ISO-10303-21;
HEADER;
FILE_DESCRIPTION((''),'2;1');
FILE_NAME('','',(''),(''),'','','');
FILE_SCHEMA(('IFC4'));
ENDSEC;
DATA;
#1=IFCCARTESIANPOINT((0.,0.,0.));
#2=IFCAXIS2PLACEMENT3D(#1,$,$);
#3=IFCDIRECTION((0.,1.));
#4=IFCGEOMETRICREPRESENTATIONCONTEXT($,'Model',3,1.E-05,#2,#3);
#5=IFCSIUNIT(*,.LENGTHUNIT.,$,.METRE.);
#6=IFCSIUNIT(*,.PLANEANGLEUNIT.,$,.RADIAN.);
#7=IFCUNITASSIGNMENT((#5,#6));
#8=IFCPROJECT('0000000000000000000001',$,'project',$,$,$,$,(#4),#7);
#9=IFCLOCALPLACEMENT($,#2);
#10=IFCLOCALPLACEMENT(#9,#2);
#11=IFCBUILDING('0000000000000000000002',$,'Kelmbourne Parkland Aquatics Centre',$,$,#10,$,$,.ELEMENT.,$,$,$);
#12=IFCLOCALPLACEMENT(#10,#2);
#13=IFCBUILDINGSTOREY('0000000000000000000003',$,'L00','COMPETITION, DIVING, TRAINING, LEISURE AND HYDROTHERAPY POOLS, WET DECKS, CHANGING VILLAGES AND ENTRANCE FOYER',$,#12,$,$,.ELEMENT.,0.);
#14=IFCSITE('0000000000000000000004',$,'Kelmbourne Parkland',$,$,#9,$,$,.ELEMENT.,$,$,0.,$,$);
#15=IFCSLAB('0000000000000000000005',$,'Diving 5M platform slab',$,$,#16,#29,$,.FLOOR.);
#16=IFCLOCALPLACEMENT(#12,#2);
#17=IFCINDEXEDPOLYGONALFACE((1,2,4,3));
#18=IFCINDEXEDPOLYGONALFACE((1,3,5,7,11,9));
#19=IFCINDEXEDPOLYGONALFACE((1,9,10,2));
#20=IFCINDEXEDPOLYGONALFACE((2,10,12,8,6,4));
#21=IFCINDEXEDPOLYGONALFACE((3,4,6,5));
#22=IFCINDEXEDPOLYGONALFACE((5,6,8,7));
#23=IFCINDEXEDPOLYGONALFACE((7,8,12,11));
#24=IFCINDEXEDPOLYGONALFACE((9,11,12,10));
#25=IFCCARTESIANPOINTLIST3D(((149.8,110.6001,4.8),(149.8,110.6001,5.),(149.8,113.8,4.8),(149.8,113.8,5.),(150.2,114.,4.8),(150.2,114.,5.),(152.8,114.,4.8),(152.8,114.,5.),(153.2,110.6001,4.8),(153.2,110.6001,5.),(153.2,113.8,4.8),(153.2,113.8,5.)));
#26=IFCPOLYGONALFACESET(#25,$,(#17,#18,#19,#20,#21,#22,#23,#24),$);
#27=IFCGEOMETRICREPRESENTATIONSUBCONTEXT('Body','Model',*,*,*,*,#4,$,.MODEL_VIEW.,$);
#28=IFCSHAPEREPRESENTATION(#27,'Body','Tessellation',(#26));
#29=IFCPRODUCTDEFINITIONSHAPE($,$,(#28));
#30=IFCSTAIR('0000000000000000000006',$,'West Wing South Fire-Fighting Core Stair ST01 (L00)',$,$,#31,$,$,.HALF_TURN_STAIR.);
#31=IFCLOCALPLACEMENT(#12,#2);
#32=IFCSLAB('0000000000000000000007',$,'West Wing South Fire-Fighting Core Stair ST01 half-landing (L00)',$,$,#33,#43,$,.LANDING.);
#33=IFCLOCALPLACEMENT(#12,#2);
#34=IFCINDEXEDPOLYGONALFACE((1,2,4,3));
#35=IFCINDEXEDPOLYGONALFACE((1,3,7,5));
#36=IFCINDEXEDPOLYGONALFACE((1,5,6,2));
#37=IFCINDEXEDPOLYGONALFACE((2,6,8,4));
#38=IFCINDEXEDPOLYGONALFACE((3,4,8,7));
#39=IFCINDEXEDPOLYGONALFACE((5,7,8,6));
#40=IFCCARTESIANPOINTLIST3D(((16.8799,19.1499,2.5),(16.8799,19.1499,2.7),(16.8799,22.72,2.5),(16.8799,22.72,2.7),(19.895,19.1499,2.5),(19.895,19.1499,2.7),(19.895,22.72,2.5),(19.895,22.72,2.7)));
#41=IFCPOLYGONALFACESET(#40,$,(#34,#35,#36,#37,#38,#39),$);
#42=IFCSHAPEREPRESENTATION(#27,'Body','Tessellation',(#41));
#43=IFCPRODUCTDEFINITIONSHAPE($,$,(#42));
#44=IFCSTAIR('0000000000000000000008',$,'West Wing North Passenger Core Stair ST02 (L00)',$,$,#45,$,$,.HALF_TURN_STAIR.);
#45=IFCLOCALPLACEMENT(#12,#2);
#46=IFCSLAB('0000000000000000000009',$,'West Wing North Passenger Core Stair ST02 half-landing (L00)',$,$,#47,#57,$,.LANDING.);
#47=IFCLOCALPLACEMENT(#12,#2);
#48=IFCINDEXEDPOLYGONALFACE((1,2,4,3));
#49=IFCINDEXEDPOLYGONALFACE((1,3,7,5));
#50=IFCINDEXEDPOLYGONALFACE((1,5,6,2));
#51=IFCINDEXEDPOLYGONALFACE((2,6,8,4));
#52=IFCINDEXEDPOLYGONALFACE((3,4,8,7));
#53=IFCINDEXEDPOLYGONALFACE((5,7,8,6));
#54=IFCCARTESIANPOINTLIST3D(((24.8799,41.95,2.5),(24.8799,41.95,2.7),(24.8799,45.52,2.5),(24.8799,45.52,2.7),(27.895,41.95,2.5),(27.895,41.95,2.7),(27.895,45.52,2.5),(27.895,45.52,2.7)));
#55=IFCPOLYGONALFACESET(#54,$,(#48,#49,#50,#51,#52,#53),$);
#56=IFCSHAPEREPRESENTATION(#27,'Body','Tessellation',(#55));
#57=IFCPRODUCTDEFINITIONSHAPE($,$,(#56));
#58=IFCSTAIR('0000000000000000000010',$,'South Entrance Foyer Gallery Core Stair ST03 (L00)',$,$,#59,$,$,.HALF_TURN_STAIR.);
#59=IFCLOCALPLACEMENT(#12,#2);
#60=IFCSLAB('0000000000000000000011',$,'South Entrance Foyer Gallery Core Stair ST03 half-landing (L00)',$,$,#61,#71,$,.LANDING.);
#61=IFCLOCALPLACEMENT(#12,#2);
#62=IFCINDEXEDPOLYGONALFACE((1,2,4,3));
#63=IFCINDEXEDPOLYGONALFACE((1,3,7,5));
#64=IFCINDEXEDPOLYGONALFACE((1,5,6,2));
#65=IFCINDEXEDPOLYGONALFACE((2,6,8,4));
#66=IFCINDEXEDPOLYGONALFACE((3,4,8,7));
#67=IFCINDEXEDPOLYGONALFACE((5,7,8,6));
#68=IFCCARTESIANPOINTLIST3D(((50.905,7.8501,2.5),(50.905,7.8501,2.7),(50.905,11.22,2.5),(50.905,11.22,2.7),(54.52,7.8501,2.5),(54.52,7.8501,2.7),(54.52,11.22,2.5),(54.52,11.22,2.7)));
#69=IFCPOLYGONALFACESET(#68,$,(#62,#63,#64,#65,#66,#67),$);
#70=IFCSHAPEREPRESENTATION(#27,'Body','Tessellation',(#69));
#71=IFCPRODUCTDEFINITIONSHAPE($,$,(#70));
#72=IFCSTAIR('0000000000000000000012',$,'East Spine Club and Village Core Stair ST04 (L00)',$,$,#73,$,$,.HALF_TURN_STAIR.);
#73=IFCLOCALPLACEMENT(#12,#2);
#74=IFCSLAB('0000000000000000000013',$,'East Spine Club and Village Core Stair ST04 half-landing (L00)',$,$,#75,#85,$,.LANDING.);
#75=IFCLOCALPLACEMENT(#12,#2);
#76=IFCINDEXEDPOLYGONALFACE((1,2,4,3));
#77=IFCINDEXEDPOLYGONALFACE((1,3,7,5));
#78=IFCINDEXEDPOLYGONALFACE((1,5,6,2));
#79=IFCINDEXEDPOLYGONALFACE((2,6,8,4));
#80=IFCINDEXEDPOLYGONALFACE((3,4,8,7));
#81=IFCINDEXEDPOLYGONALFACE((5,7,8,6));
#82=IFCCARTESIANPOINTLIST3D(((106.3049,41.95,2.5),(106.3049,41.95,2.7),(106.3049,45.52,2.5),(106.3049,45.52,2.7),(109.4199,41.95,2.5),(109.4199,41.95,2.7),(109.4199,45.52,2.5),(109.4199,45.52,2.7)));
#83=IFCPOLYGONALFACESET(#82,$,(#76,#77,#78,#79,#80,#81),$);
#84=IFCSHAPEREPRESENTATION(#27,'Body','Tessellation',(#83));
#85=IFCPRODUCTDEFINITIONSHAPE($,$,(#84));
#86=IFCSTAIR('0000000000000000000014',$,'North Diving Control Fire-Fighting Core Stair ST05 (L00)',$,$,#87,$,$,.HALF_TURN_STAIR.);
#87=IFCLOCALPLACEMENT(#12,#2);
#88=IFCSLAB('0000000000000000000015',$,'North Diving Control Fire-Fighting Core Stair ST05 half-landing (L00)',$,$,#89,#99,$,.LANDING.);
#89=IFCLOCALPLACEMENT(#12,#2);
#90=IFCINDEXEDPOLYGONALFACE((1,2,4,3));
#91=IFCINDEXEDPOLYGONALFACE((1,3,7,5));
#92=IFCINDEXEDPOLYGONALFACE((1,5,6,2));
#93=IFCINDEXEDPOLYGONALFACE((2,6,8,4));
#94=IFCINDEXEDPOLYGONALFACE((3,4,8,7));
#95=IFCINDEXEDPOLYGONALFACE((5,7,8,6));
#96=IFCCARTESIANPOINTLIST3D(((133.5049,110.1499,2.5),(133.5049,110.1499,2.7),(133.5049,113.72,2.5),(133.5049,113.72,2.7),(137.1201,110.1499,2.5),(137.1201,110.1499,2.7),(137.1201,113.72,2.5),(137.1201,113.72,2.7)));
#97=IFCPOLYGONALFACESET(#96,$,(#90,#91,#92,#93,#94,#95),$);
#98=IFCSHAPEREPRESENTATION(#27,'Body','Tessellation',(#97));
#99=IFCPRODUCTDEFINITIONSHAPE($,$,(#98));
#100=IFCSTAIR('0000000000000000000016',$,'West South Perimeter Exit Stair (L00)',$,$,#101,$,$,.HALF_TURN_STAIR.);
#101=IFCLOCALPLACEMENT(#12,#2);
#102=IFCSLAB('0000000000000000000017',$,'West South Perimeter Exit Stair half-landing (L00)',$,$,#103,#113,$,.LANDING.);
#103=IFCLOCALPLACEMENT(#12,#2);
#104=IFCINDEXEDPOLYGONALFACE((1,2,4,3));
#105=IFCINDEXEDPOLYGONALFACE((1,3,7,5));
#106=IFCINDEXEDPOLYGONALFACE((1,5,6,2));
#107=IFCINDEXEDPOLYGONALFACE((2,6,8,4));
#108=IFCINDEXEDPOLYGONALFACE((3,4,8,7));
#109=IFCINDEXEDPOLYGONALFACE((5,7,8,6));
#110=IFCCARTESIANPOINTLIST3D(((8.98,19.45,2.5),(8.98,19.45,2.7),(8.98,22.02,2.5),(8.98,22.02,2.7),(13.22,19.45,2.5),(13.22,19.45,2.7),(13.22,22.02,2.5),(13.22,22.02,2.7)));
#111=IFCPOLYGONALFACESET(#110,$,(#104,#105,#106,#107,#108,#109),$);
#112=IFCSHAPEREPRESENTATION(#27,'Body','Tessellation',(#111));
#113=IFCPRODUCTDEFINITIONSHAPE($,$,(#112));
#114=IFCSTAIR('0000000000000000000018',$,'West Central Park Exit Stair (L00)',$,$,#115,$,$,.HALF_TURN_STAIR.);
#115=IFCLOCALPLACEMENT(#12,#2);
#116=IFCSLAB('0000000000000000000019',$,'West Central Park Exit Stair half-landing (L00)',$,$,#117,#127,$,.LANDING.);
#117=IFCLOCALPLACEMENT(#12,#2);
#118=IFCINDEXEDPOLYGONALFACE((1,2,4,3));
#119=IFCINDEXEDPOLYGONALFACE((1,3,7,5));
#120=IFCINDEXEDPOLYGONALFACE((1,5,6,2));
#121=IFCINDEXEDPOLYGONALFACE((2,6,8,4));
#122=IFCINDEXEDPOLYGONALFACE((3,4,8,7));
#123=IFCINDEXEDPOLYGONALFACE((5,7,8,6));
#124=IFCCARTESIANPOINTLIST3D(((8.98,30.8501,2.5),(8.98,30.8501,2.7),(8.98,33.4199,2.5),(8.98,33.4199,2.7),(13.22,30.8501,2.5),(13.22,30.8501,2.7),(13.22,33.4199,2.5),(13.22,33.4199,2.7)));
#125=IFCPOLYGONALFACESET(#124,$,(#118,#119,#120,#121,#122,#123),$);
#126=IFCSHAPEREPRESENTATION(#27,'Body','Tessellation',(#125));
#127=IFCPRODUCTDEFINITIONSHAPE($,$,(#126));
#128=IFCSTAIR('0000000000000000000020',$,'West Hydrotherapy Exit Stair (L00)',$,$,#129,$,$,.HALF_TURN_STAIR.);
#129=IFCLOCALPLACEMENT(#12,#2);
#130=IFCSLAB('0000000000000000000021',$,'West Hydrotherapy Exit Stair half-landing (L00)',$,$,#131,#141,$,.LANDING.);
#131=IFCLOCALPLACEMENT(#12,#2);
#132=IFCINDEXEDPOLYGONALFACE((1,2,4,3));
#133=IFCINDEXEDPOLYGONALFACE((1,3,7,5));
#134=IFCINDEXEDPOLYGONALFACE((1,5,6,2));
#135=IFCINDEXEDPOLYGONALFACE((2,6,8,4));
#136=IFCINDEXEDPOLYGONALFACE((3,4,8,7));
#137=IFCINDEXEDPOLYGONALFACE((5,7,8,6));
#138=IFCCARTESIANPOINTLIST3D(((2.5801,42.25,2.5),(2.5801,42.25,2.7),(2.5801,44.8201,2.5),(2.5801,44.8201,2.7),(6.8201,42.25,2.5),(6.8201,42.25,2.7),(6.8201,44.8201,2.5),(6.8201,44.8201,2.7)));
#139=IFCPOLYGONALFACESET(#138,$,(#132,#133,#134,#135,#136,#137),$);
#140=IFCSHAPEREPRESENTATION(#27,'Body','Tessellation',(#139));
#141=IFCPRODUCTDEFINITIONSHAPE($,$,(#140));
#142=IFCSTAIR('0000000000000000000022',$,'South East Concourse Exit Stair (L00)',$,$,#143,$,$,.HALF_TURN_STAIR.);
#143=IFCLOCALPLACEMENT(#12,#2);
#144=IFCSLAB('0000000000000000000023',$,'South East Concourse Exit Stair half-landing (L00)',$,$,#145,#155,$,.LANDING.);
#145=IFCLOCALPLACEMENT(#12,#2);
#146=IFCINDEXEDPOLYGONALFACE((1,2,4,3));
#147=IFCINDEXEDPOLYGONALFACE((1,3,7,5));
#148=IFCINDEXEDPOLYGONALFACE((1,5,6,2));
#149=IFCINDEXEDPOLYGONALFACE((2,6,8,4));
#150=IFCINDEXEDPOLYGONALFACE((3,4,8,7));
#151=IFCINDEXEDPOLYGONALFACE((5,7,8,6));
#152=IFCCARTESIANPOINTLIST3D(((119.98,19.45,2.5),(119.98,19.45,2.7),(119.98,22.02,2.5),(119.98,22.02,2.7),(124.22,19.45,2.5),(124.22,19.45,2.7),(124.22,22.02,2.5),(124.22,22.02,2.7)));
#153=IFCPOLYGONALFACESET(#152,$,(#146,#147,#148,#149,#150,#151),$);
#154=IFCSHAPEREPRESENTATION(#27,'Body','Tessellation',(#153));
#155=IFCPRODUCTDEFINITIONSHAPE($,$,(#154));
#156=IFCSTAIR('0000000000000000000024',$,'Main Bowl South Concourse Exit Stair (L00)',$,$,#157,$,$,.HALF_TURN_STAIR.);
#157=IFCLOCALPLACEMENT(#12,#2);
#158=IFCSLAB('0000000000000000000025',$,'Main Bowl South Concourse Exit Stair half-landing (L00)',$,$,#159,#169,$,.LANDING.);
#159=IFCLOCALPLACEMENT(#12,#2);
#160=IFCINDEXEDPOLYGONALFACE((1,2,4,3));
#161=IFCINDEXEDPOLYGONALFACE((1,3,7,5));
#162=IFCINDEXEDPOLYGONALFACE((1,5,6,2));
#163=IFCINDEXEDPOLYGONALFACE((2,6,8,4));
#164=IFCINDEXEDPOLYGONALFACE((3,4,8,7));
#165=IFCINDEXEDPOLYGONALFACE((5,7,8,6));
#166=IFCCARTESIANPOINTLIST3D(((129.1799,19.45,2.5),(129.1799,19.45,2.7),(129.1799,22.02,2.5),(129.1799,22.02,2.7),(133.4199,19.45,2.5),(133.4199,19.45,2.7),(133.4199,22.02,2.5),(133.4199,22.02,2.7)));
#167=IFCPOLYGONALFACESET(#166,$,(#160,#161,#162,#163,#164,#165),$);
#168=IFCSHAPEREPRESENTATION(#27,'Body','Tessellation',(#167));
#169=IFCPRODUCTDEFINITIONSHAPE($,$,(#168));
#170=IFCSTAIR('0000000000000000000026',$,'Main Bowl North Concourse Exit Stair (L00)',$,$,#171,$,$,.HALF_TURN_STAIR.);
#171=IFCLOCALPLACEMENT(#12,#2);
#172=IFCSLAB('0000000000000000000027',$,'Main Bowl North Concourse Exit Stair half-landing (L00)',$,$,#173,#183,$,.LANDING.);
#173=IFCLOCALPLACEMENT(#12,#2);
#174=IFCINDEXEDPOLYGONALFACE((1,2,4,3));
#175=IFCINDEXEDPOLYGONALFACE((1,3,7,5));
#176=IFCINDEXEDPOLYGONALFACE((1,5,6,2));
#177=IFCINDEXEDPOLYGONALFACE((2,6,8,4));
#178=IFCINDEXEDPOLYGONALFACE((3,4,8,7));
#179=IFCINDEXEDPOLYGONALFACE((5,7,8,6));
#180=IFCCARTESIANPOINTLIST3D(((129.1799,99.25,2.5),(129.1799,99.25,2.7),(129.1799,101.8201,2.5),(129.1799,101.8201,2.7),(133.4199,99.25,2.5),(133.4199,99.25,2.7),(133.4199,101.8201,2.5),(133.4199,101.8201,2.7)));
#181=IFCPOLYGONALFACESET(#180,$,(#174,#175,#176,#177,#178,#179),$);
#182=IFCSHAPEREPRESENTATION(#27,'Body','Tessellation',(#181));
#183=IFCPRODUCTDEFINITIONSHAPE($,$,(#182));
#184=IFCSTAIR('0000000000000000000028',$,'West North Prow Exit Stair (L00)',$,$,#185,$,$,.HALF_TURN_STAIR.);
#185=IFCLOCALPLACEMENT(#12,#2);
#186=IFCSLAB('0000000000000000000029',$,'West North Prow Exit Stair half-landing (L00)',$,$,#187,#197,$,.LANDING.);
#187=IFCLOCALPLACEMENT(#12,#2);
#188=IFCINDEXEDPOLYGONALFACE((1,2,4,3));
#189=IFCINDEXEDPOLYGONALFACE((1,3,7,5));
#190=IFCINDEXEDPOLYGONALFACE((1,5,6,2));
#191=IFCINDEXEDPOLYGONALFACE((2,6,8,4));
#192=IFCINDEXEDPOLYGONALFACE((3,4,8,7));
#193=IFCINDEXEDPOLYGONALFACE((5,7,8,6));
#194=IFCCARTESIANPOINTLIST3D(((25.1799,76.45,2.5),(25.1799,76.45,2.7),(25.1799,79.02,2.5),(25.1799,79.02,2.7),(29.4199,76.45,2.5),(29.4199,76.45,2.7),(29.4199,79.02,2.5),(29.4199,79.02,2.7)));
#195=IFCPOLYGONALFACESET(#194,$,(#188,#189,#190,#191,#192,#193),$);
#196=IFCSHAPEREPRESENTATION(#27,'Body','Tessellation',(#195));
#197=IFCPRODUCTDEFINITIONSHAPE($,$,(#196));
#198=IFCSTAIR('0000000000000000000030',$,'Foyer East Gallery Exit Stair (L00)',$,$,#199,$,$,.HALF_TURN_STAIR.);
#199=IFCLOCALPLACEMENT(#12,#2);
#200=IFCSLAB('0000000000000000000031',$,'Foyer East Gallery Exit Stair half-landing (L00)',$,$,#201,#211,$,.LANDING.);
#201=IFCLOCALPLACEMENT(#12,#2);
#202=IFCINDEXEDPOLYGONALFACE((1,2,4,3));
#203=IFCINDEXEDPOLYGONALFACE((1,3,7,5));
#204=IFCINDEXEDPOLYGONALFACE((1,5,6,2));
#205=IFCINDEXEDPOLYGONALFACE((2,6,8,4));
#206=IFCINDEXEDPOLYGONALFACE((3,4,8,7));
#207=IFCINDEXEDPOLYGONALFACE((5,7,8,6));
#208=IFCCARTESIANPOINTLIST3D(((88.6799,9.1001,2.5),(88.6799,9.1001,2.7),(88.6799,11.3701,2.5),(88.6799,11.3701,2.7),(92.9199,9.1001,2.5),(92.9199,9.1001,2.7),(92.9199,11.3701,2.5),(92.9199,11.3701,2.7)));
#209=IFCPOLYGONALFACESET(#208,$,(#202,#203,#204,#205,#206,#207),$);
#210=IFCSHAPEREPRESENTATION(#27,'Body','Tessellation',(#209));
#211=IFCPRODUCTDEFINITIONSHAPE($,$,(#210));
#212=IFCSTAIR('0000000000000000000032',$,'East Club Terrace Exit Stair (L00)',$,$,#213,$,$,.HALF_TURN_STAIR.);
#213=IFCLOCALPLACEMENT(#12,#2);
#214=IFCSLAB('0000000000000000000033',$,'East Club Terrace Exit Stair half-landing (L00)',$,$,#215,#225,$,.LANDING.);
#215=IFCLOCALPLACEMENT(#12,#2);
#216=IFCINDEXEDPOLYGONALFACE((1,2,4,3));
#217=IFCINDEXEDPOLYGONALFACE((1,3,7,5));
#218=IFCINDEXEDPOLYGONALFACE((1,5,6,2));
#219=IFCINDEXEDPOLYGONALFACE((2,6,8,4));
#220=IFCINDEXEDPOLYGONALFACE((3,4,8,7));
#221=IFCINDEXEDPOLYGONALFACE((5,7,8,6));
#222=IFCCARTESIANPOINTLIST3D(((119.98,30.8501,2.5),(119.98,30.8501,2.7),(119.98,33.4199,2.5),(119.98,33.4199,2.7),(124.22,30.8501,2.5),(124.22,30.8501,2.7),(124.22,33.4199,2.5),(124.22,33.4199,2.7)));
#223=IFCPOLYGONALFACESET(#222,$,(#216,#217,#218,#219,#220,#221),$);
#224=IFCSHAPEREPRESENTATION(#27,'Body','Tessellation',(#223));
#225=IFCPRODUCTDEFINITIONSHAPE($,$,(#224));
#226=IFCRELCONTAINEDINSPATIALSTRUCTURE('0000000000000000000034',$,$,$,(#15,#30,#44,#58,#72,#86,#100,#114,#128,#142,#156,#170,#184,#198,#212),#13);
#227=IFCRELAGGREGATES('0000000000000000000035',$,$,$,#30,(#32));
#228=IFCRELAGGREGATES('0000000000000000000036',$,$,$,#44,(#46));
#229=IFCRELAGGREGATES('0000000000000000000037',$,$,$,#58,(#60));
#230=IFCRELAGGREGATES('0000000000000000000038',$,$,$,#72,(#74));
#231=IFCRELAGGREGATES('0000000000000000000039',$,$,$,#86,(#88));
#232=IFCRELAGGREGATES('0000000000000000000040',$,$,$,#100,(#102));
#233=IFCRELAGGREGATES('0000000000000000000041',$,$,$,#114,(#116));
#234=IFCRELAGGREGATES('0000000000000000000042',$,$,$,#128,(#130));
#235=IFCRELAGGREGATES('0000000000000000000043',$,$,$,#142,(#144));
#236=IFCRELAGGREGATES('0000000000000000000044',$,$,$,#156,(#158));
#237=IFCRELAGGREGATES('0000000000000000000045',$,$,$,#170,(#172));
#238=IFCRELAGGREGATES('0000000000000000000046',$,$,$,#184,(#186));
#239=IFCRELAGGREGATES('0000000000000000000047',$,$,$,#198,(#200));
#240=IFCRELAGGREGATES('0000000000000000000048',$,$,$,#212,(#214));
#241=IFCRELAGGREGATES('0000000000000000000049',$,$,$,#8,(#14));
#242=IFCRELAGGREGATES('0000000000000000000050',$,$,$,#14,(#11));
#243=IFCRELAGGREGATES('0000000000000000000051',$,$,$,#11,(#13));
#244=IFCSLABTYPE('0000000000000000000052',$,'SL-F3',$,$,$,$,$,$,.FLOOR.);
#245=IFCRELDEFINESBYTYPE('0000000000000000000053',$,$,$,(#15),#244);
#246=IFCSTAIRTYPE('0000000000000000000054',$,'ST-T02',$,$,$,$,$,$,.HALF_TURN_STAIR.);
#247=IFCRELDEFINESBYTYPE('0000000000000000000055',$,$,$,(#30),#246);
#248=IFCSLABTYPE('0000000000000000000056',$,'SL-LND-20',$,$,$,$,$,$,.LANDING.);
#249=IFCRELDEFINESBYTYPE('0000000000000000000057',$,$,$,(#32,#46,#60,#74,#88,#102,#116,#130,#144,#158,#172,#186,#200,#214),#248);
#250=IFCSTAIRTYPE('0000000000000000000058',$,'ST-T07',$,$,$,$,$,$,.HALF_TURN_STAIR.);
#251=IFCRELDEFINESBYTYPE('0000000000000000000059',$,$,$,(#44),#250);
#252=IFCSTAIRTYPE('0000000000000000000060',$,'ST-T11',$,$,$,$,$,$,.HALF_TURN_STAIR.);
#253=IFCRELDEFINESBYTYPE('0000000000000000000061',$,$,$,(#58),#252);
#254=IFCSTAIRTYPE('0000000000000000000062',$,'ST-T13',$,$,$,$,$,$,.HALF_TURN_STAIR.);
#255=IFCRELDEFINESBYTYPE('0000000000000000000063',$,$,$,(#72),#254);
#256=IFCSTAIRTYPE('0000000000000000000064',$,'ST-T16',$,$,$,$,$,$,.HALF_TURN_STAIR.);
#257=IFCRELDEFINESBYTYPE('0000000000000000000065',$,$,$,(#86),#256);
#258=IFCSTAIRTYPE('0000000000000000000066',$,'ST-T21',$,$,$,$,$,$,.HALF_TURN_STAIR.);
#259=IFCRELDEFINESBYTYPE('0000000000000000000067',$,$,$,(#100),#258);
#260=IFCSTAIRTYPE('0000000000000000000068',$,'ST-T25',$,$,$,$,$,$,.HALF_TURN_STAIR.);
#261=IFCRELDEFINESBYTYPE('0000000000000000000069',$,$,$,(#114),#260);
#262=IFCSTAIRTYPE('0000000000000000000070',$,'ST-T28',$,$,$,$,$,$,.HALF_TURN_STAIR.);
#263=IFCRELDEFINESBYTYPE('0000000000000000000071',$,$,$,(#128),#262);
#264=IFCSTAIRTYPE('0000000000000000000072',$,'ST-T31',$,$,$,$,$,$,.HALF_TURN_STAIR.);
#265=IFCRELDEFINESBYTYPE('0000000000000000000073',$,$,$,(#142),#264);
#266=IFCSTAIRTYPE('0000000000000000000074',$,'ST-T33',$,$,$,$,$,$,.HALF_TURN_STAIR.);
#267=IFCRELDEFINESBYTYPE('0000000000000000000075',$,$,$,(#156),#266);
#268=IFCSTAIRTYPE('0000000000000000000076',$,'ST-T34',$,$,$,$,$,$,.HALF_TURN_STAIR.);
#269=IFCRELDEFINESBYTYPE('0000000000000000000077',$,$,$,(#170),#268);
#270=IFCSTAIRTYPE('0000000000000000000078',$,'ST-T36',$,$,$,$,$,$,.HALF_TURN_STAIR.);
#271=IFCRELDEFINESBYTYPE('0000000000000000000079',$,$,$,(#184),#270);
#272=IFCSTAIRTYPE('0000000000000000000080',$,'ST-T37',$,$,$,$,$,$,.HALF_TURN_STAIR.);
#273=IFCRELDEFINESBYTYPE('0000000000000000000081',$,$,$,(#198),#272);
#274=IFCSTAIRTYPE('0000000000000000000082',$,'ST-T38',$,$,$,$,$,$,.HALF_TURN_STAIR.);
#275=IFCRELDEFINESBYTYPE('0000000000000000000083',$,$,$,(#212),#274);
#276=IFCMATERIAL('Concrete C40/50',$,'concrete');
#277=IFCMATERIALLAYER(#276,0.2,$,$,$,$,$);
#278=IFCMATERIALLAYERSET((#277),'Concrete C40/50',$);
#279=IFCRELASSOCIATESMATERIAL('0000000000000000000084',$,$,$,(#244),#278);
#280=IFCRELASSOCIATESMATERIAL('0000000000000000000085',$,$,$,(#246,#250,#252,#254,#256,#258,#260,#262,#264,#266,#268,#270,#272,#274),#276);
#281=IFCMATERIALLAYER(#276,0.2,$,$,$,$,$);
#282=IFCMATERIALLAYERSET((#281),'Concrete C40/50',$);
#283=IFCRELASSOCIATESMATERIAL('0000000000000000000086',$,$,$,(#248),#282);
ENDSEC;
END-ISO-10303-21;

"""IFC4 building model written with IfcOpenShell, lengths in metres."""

from ifc_helpers import new_model, si_unit, direction, frame, origin, place, context, subcontext, project, spatial, polyline, outline, extrude, material, layer, layer_set, type_object, element, aggregate, save


model = new_model("IFC4")

# Units and contexts
model_context = context("Model", 3, precision=1e-05, world=origin(), true_north=direction((0.0, 1.0)))
body_context = subcontext(model_context, "Body", "Model", "MODEL_VIEW")
ifc_project = project(units=[si_unit("LENGTHUNIT", "METRE"), si_unit("PLANEANGLEUNIT", "RADIAN")], contexts=[model_context])

# Site, building, storey
site_placement = place(None, origin())
site = spatial("IfcSite", under=ifc_project, at=site_placement, Name="Kelmbourne Parkland", CompositionType="ELEMENT", RefElevation=0.0)
building_placement = place(site_placement, origin())
building = spatial("IfcBuilding", under=site, at=building_placement, Name="Kelmbourne Parkland Aquatics Centre", CompositionType="ELEMENT")
storey_placement = place(building_placement, origin())
storey = spatial("IfcBuildingStorey", under=building, at=storey_placement, Name="L00", Description="COMPETITION, DIVING, TRAINING, LEISURE AND HYDROTHERAPY POOLS, WET DECKS, CHANGING VILLAGES AND ENTRANCE FOYER", CompositionType="ELEMENT", Elevation=0.0)

# Slab
ifc_material_1 = material(Name="Concrete C40/50", Category="concrete")
ifc_layer_1 = layer(ifc_material_1, 0.2)
ifc_layer_set_1 = layer_set([ifc_layer_1], Name="Concrete C40/50")
slab_type_1 = type_object("IfcSlabType", Name="SL-F3", PredefinedType="FLOOR", material=ifc_layer_set_1)
slab_1_placement = place(storey_placement, frame((0.0, 0.0, 4.8)))
element("IfcSlab", 1, at=slab_1_placement, inside=storey, type_object=slab_type_1, Name="Diving 5M platform slab", PredefinedType="FLOOR", context=body_context, shape_type="SweptSolid", body=[
    extrude(outline(polyline([(149.8, 110.6001), (153.2, 110.6001), (153.2, 113.8), (152.8, 114.0), (150.2, 114.0), (149.8, 113.8), (149.8, 110.6001)])), origin(), (0.0, 0.0, 1.0), 0.2),
])

# Stairs, slabs
stair_type_1 = type_object("IfcStairType", Name="ST-T02", PredefinedType="HALF_TURN_STAIR", material=ifc_material_1)
stair_1_placement = place(storey_placement, origin())
stair_1 = element("IfcStair", 2, at=stair_1_placement, inside=storey, type_object=stair_type_1, Name="West Wing South Fire-Fighting Core Stair ST01 (L00)", PredefinedType="HALF_TURN_STAIR")
ifc_layer_2 = layer(ifc_material_1, 0.2)
ifc_layer_set_2 = layer_set([ifc_layer_2], Name="Concrete C40/50")
slab_type_2 = type_object("IfcSlabType", Name="SL-LND-20", PredefinedType="LANDING", material=ifc_layer_set_2)
slab_2_placement = place(storey_placement, frame((0.0, 0.0, 2.5)))
slab_2 = element("IfcSlab", 3, at=slab_2_placement, type_object=slab_type_2, Name="West Wing South Fire-Fighting Core Stair ST01 half-landing (L00)", PredefinedType="LANDING", context=body_context, shape_type="SweptSolid", body=[
    extrude(outline(polyline([(16.8799, 19.1499), (19.895, 19.1499), (19.895, 22.72), (16.8799, 22.72), (16.8799, 19.1499)])), origin(), (0.0, 0.0, 1.0), 0.2),
])
aggregate(stair_1, [slab_2])
stair_type_2 = type_object("IfcStairType", Name="ST-T07", PredefinedType="HALF_TURN_STAIR", material=ifc_material_1)
stair_2_placement = place(storey_placement, origin())
stair_2 = element("IfcStair", 4, at=stair_2_placement, inside=storey, type_object=stair_type_2, Name="West Wing North Passenger Core Stair ST02 (L00)", PredefinedType="HALF_TURN_STAIR")
slab_3_placement = place(storey_placement, frame((0.0, 0.0, 2.5)))
slab_3 = element("IfcSlab", 5, at=slab_3_placement, type_object=slab_type_2, Name="West Wing North Passenger Core Stair ST02 half-landing (L00)", PredefinedType="LANDING", context=body_context, shape_type="SweptSolid", body=[
    extrude(outline(polyline([(24.8799, 41.95), (27.895, 41.95), (27.895, 45.52), (24.8799, 45.52), (24.8799, 41.95)])), origin(), (0.0, 0.0, 1.0), 0.2),
])
aggregate(stair_2, [slab_3])
stair_type_3 = type_object("IfcStairType", Name="ST-T11", PredefinedType="HALF_TURN_STAIR", material=ifc_material_1)
stair_3_placement = place(storey_placement, origin())
stair_3 = element("IfcStair", 6, at=stair_3_placement, inside=storey, type_object=stair_type_3, Name="South Entrance Foyer Gallery Core Stair ST03 (L00)", PredefinedType="HALF_TURN_STAIR")
slab_4_placement = place(storey_placement, frame((0.0, 0.0, 2.5)))
slab_4 = element("IfcSlab", 7, at=slab_4_placement, type_object=slab_type_2, Name="South Entrance Foyer Gallery Core Stair ST03 half-landing (L00)", PredefinedType="LANDING", context=body_context, shape_type="SweptSolid", body=[
    extrude(outline(polyline([(50.905, 7.8501), (54.52, 7.8501), (54.52, 11.22), (50.905, 11.22), (50.905, 7.8501)])), origin(), (0.0, 0.0, 1.0), 0.2),
])
aggregate(stair_3, [slab_4])
stair_type_4 = type_object("IfcStairType", Name="ST-T13", PredefinedType="HALF_TURN_STAIR", material=ifc_material_1)
stair_4_placement = place(storey_placement, origin())
stair_4 = element("IfcStair", 8, at=stair_4_placement, inside=storey, type_object=stair_type_4, Name="East Spine Club and Village Core Stair ST04 (L00)", PredefinedType="HALF_TURN_STAIR")
slab_5_placement = place(storey_placement, frame((0.0, 0.0, 2.5)))
slab_5 = element("IfcSlab", 9, at=slab_5_placement, type_object=slab_type_2, Name="East Spine Club and Village Core Stair ST04 half-landing (L00)", PredefinedType="LANDING", context=body_context, shape_type="SweptSolid", body=[
    extrude(outline(polyline([(106.3049, 41.95), (109.4199, 41.95), (109.4199, 45.52), (106.3049, 45.52), (106.3049, 41.95)])), origin(), (0.0, 0.0, 1.0), 0.2),
])
aggregate(stair_4, [slab_5])
stair_type_5 = type_object("IfcStairType", Name="ST-T16", PredefinedType="HALF_TURN_STAIR", material=ifc_material_1)
stair_5_placement = place(storey_placement, origin())
stair_5 = element("IfcStair", 10, at=stair_5_placement, inside=storey, type_object=stair_type_5, Name="North Diving Control Fire-Fighting Core Stair ST05 (L00)", PredefinedType="HALF_TURN_STAIR")
slab_6_placement = place(storey_placement, frame((0.0, 0.0, 2.5)))
slab_6 = element("IfcSlab", 11, at=slab_6_placement, type_object=slab_type_2, Name="North Diving Control Fire-Fighting Core Stair ST05 half-landing (L00)", PredefinedType="LANDING", context=body_context, shape_type="SweptSolid", body=[
    extrude(outline(polyline([(133.5049, 110.1499), (137.1201, 110.1499), (137.1201, 113.72), (133.5049, 113.72), (133.5049, 110.1499)])), origin(), (0.0, 0.0, 1.0), 0.2),
])
aggregate(stair_5, [slab_6])
stair_type_6 = type_object("IfcStairType", Name="ST-T21", PredefinedType="HALF_TURN_STAIR", material=ifc_material_1)
stair_6_placement = place(storey_placement, origin())
stair_6 = element("IfcStair", 12, at=stair_6_placement, inside=storey, type_object=stair_type_6, Name="West South Perimeter Exit Stair (L00)", PredefinedType="HALF_TURN_STAIR")
slab_7_placement = place(storey_placement, frame((0.0, 0.0, 2.5)))
slab_7 = element("IfcSlab", 13, at=slab_7_placement, type_object=slab_type_2, Name="West South Perimeter Exit Stair half-landing (L00)", PredefinedType="LANDING", context=body_context, shape_type="SweptSolid", body=[
    extrude(outline(polyline([(8.98, 19.45), (13.22, 19.45), (13.22, 22.02), (8.98, 22.02), (8.98, 19.45)])), origin(), (0.0, 0.0, 1.0), 0.2),
])
aggregate(stair_6, [slab_7])
stair_type_7 = type_object("IfcStairType", Name="ST-T25", PredefinedType="HALF_TURN_STAIR", material=ifc_material_1)
stair_7_placement = place(storey_placement, origin())
stair_7 = element("IfcStair", 14, at=stair_7_placement, inside=storey, type_object=stair_type_7, Name="West Central Park Exit Stair (L00)", PredefinedType="HALF_TURN_STAIR")
slab_8_placement = place(storey_placement, frame((0.0, 0.0, 2.5)))
slab_8 = element("IfcSlab", 15, at=slab_8_placement, type_object=slab_type_2, Name="West Central Park Exit Stair half-landing (L00)", PredefinedType="LANDING", context=body_context, shape_type="SweptSolid", body=[
    extrude(outline(polyline([(8.98, 30.8501), (13.22, 30.8501), (13.22, 33.4199), (8.98, 33.4199), (8.98, 30.8501)])), origin(), (0.0, 0.0, 1.0), 0.2),
])
aggregate(stair_7, [slab_8])
stair_type_8 = type_object("IfcStairType", Name="ST-T28", PredefinedType="HALF_TURN_STAIR", material=ifc_material_1)
stair_8_placement = place(storey_placement, origin())
stair_8 = element("IfcStair", 16, at=stair_8_placement, inside=storey, type_object=stair_type_8, Name="West Hydrotherapy Exit Stair (L00)", PredefinedType="HALF_TURN_STAIR")
slab_9_placement = place(storey_placement, frame((0.0, 0.0, 2.5)))
slab_9 = element("IfcSlab", 17, at=slab_9_placement, type_object=slab_type_2, Name="West Hydrotherapy Exit Stair half-landing (L00)", PredefinedType="LANDING", context=body_context, shape_type="SweptSolid", body=[
    extrude(outline(polyline([(2.5801, 42.25), (6.8201, 42.25), (6.8201, 44.8201), (2.5801, 44.8201), (2.5801, 42.25)])), origin(), (0.0, 0.0, 1.0), 0.2),
])
aggregate(stair_8, [slab_9])
stair_type_9 = type_object("IfcStairType", Name="ST-T31", PredefinedType="HALF_TURN_STAIR", material=ifc_material_1)
stair_9_placement = place(storey_placement, origin())
stair_9 = element("IfcStair", 18, at=stair_9_placement, inside=storey, type_object=stair_type_9, Name="South East Concourse Exit Stair (L00)", PredefinedType="HALF_TURN_STAIR")
slab_10_placement = place(storey_placement, frame((0.0, 0.0, 2.5)))
slab_10 = element("IfcSlab", 19, at=slab_10_placement, type_object=slab_type_2, Name="South East Concourse Exit Stair half-landing (L00)", PredefinedType="LANDING", context=body_context, shape_type="SweptSolid", body=[
    extrude(outline(polyline([(119.98, 19.45), (124.22, 19.45), (124.22, 22.02), (119.98, 22.02), (119.98, 19.45)])), origin(), (0.0, 0.0, 1.0), 0.2),
])
aggregate(stair_9, [slab_10])
stair_type_10 = type_object("IfcStairType", Name="ST-T33", PredefinedType="HALF_TURN_STAIR", material=ifc_material_1)
stair_10_placement = place(storey_placement, origin())
stair_10 = element("IfcStair", 20, at=stair_10_placement, inside=storey, type_object=stair_type_10, Name="Main Bowl South Concourse Exit Stair (L00)", PredefinedType="HALF_TURN_STAIR")
slab_11_placement = place(storey_placement, frame((0.0, 0.0, 2.5)))
slab_11 = element("IfcSlab", 21, at=slab_11_placement, type_object=slab_type_2, Name="Main Bowl South Concourse Exit Stair half-landing (L00)", PredefinedType="LANDING", context=body_context, shape_type="SweptSolid", body=[
    extrude(outline(polyline([(129.1799, 19.45), (133.4199, 19.45), (133.4199, 22.02), (129.1799, 22.02), (129.1799, 19.45)])), origin(), (0.0, 0.0, 1.0), 0.2),
])
aggregate(stair_10, [slab_11])
stair_type_11 = type_object("IfcStairType", Name="ST-T34", PredefinedType="HALF_TURN_STAIR", material=ifc_material_1)
stair_11_placement = place(storey_placement, origin())
stair_11 = element("IfcStair", 22, at=stair_11_placement, inside=storey, type_object=stair_type_11, Name="Main Bowl North Concourse Exit Stair (L00)", PredefinedType="HALF_TURN_STAIR")
slab_12_placement = place(storey_placement, frame((0.0, 0.0, 2.5)))
slab_12 = element("IfcSlab", 23, at=slab_12_placement, type_object=slab_type_2, Name="Main Bowl North Concourse Exit Stair half-landing (L00)", PredefinedType="LANDING", context=body_context, shape_type="SweptSolid", body=[
    extrude(outline(polyline([(129.1799, 99.25), (133.4199, 99.25), (133.4199, 101.8201), (129.1799, 101.8201), (129.1799, 99.25)])), origin(), (0.0, 0.0, 1.0), 0.2),
])
aggregate(stair_11, [slab_12])
stair_type_12 = type_object("IfcStairType", Name="ST-T36", PredefinedType="HALF_TURN_STAIR", material=ifc_material_1)
stair_12_placement = place(storey_placement, origin())
stair_12 = element("IfcStair", 24, at=stair_12_placement, inside=storey, type_object=stair_type_12, Name="West North Prow Exit Stair (L00)", PredefinedType="HALF_TURN_STAIR")
slab_13_placement = place(storey_placement, frame((0.0, 0.0, 2.5)))
slab_13 = element("IfcSlab", 25, at=slab_13_placement, type_object=slab_type_2, Name="West North Prow Exit Stair half-landing (L00)", PredefinedType="LANDING", context=body_context, shape_type="SweptSolid", body=[
    extrude(outline(polyline([(25.1799, 76.45), (29.4199, 76.45), (29.4199, 79.02), (25.1799, 79.02), (25.1799, 76.45)])), origin(), (0.0, 0.0, 1.0), 0.2),
])
aggregate(stair_12, [slab_13])
stair_type_13 = type_object("IfcStairType", Name="ST-T37", PredefinedType="HALF_TURN_STAIR", material=ifc_material_1)
stair_13_placement = place(storey_placement, origin())
stair_13 = element("IfcStair", 26, at=stair_13_placement, inside=storey, type_object=stair_type_13, Name="Foyer East Gallery Exit Stair (L00)", PredefinedType="HALF_TURN_STAIR")
slab_14_placement = place(storey_placement, frame((0.0, 0.0, 2.5)))
slab_14 = element("IfcSlab", 27, at=slab_14_placement, type_object=slab_type_2, Name="Foyer East Gallery Exit Stair half-landing (L00)", PredefinedType="LANDING", context=body_context, shape_type="SweptSolid", body=[
    extrude(outline(polyline([(88.6799, 9.1001), (92.9199, 9.1001), (92.9199, 11.3701), (88.6799, 11.3701), (88.6799, 9.1001)])), origin(), (0.0, 0.0, 1.0), 0.2),
])
aggregate(stair_13, [slab_14])
stair_type_14 = type_object("IfcStairType", Name="ST-T38", PredefinedType="HALF_TURN_STAIR", material=ifc_material_1)
stair_14_placement = place(storey_placement, origin())
stair_14 = element("IfcStair", 28, at=stair_14_placement, inside=storey, type_object=stair_type_14, Name="East Club Terrace Exit Stair (L00)", PredefinedType="HALF_TURN_STAIR")
slab_15_placement = place(storey_placement, frame((0.0, 0.0, 2.5)))
slab_15 = element("IfcSlab", 29, at=slab_15_placement, type_object=slab_type_2, Name="East Club Terrace Exit Stair half-landing (L00)", PredefinedType="LANDING", context=body_context, shape_type="SweptSolid", body=[
    extrude(outline(polyline([(119.98, 30.8501), (124.22, 30.8501), (124.22, 33.4199), (119.98, 33.4199), (119.98, 30.8501)])), origin(), (0.0, 0.0, 1.0), 0.2),
])
aggregate(stair_14, [slab_15])

save(model, "model.ifc")
